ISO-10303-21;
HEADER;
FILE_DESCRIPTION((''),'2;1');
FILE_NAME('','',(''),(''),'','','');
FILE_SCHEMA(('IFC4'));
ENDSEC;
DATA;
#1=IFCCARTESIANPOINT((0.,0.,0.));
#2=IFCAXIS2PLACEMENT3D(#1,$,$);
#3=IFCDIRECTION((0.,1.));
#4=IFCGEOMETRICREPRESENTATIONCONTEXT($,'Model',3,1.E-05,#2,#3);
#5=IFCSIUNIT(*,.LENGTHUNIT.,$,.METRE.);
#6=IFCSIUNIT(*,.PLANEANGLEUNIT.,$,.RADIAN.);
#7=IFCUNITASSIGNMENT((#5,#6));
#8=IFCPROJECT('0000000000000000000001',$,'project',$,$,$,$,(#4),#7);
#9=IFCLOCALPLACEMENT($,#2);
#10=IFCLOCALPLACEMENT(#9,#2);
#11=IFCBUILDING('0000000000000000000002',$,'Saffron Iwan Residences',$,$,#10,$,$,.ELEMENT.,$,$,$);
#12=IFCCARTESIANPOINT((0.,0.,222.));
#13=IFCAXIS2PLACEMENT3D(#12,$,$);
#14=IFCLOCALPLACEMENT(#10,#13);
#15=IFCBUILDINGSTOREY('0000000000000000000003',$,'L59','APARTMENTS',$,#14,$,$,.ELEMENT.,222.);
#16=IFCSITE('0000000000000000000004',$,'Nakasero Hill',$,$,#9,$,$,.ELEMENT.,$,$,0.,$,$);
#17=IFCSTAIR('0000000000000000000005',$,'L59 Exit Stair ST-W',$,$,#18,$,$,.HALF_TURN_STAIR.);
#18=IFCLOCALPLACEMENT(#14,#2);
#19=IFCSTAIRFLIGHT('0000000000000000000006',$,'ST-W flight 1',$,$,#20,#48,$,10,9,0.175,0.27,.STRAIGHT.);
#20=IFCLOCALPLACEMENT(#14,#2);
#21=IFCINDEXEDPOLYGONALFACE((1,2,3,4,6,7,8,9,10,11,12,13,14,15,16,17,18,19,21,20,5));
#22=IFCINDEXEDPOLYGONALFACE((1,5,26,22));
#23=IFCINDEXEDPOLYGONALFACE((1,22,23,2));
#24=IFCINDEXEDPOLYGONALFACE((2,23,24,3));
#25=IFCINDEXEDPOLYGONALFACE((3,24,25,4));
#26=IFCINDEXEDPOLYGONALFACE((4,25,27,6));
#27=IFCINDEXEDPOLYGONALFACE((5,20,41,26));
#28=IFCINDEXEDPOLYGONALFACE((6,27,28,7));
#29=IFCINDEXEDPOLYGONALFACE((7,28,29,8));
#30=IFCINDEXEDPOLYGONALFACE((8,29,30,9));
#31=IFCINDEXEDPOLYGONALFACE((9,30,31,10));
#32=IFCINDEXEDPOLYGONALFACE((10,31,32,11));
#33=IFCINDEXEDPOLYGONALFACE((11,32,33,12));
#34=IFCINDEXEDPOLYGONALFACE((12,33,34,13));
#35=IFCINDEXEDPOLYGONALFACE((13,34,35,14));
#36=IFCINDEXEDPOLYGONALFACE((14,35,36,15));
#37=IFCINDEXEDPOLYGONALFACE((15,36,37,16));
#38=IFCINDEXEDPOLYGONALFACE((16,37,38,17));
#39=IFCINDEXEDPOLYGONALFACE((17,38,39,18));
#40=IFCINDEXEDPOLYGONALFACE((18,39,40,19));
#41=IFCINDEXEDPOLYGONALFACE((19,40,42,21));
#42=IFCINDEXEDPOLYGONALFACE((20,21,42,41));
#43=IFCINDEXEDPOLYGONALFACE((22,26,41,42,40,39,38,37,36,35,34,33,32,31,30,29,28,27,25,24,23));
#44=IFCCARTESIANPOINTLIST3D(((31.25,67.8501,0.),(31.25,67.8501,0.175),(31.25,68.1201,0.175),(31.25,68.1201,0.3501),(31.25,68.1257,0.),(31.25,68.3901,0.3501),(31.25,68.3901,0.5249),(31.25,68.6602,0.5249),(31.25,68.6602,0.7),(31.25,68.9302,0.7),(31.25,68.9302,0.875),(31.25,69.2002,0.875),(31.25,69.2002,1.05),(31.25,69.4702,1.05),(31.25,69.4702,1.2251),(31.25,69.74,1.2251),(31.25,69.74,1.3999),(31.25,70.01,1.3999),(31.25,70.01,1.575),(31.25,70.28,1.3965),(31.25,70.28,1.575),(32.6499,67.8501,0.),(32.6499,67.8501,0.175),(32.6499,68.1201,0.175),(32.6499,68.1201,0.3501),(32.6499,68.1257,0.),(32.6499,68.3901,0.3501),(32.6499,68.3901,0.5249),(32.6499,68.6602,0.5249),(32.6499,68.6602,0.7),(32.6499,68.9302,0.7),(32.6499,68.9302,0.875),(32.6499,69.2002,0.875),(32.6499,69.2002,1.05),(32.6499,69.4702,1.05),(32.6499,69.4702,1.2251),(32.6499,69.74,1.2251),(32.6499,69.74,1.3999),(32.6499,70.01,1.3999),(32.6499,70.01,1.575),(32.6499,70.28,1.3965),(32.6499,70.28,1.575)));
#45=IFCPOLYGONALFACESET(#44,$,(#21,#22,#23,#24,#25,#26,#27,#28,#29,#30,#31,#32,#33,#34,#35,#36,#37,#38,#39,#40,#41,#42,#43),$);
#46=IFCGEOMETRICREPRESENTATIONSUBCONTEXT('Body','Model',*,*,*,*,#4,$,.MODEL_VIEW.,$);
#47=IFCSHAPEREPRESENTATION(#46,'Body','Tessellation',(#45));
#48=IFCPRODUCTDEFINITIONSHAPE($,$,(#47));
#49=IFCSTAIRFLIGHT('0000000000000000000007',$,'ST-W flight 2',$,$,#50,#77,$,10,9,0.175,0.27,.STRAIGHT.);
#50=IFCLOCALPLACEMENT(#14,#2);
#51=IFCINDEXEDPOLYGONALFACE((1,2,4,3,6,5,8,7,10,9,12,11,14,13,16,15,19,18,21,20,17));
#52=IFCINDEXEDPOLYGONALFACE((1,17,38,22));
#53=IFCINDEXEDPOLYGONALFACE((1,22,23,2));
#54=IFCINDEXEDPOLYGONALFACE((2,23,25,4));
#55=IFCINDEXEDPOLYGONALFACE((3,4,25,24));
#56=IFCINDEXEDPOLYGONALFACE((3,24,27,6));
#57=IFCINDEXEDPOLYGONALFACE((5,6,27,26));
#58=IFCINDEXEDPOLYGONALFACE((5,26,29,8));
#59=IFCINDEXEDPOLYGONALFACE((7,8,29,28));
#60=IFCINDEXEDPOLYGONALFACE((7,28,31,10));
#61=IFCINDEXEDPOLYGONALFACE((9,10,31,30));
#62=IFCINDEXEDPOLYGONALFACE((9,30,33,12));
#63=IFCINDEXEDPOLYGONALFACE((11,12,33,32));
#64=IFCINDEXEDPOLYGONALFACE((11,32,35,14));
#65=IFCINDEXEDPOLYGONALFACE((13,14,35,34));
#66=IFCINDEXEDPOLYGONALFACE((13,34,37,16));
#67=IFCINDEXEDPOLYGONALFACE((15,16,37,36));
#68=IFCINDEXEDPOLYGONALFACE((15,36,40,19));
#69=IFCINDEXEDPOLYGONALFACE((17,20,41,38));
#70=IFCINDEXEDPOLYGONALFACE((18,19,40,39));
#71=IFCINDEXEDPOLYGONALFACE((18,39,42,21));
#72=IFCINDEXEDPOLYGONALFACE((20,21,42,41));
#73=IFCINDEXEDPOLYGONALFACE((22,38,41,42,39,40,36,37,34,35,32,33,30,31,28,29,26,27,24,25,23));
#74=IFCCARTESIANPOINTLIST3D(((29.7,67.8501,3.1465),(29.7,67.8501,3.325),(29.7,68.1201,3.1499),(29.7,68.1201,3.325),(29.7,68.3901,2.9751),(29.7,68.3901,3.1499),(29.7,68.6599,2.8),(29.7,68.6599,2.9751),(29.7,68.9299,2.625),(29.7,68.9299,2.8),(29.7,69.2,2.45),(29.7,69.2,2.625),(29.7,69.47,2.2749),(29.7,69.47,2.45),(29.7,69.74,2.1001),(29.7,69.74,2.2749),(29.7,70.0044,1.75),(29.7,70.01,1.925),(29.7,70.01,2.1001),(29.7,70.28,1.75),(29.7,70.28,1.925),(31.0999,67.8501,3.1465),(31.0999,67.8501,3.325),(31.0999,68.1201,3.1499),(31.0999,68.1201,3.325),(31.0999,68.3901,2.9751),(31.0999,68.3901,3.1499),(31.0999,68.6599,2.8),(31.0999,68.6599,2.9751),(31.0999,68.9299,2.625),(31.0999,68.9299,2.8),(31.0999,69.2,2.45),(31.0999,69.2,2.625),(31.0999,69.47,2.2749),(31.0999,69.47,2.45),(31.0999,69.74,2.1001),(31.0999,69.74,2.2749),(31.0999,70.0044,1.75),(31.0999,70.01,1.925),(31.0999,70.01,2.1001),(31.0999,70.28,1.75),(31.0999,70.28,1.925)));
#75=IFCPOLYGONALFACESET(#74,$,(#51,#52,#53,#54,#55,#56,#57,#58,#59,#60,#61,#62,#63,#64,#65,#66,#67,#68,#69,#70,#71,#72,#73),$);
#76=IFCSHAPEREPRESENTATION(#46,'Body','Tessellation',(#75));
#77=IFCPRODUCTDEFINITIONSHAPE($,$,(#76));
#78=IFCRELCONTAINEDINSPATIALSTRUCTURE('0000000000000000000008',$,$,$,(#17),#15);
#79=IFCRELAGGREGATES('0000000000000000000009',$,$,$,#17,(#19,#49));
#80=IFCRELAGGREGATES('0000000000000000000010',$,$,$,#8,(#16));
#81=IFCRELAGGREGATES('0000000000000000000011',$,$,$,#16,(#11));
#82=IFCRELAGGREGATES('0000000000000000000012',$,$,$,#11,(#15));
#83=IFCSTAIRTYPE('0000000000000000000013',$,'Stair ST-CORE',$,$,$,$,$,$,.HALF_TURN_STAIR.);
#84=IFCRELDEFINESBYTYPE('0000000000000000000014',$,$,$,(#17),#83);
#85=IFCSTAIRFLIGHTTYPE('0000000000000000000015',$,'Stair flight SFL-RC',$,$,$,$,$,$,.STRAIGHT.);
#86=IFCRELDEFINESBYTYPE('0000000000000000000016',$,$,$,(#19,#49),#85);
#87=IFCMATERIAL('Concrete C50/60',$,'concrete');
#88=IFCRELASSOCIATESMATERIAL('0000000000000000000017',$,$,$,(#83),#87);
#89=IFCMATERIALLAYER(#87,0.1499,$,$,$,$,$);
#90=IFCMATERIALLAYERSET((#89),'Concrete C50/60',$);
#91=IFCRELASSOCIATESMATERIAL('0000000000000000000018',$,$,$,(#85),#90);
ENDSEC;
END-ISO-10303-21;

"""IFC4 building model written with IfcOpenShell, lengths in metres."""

from ifc_helpers import new_model, si_unit, direction, frame, origin, place, context, subcontext, project, spatial, polyline, outline, extrude, material, layer, layer_set, type_object, element, aggregate, save


model = new_model("IFC4")

# Units and contexts
model_context = context("Model", 3, precision=1e-05, world=origin(), true_north=direction((0.0, 1.0)))
body_context = subcontext(model_context, "Body", "Model", "MODEL_VIEW")
ifc_project = project(units=[si_unit("LENGTHUNIT", "METRE"), si_unit("PLANEANGLEUNIT", "RADIAN")], contexts=[model_context])

# Site, building, storey
site_placement = place(None, origin())
site = spatial("IfcSite", under=ifc_project, at=site_placement, Name="Nakasero Hill", CompositionType="ELEMENT", RefElevation=0.0)
building_placement = place(site_placement, origin())
building = spatial("IfcBuilding", under=site, at=building_placement, Name="Saffron Iwan Residences", CompositionType="ELEMENT")
storey_placement = place(building_placement, frame((0.0, 0.0, 222.0)))
storey = spatial("IfcBuildingStorey", under=building, at=storey_placement, Name="L59", Description="APARTMENTS", CompositionType="ELEMENT", Elevation=222.0)

# Stair, stair flights
ifc_material_1 = material(Name="Concrete C50/60", Category="concrete")
stair_type = type_object("IfcStairType", Name="Stair ST-CORE", PredefinedType="HALF_TURN_STAIR", material=ifc_material_1)
stair_placement = place(storey_placement, origin())
stair = element("IfcStair", 1, at=stair_placement, inside=storey, type_object=stair_type, Name="L59 Exit Stair ST-W", PredefinedType="HALF_TURN_STAIR")
ifc_layer_1 = layer(ifc_material_1, 0.1499)
ifc_layer_set_1 = layer_set([ifc_layer_1], Name="Concrete C50/60")
stair_flight_type = type_object("IfcStairFlightType", Name="Stair flight SFL-RC", PredefinedType="STRAIGHT", material=ifc_layer_set_1)
stair_flight_1_placement = place(storey_placement, frame((31.95, 67.8501, 0.0), z_axis=(0.0, 0.0, 1.0), x_axis=(0.0, 1.0, 0.0)))
stair_flight_1 = element("IfcStairFlight", 2, at=stair_flight_1_placement, type_object=stair_flight_type, Name="ST-W flight 1", NumberOfRisers=10, NumberOfTreads=9, PredefinedType="STRAIGHT", RiserHeight=0.175, TreadLength=0.27, context=body_context, shape_type="SweptSolid", body=[
    extrude(outline(polyline([(0.0, 0.0), (0.0, 0.175), (0.27, 0.175), (0.27, 0.3501), (0.54, 0.3501), (0.54, 0.5249), (0.8101, 0.5249), (0.8101, 0.7), (1.0801, 0.7), (1.0801, 0.875), (1.3501, 0.875), (1.3501, 1.05), (1.6201, 1.05), (1.6201, 1.2251), (1.8899, 1.2251), (1.8899, 1.3999), (2.1599, 1.3999), (2.1599, 1.575), (2.4299, 1.575), (2.4299, 1.75), (2.4299, 1.3965), (0.2756, 0.0), (0.0, 0.0)])), frame((0.0, 0.7, 0.0), z_axis=(0.0, -1.0, 0.0), x_axis=(1.0, 0.0, 0.0)), (0.0, 0.0, 1.0), 1.3999),
])
stair_flight_2_placement = place(storey_placement, frame((30.3999, 70.28, 1.75), z_axis=(0.0, 0.0, 1.0), x_axis=(0.0, -1.0, 0.0)))
stair_flight_2 = element("IfcStairFlight", 3, at=stair_flight_2_placement, type_object=stair_flight_type, Name="ST-W flight 2", NumberOfRisers=10, NumberOfTreads=9, PredefinedType="STRAIGHT", RiserHeight=0.175, TreadLength=0.27, context=body_context, shape_type="SweptSolid", body=[
    extrude(outline(polyline([(0.0, 0.0), (0.0, 0.175), (0.27, 0.175), (0.27, 0.3501), (0.54, 0.3501), (0.54, 0.5249), (0.8101, 0.5249), (0.8101, 0.7), (1.0801, 0.7), (1.0801, 0.875), (1.3501, 0.875), (1.3501, 1.05), (1.6201, 1.05), (1.6201, 1.2251), (1.8899, 1.2251), (1.8899, 1.3999), (2.1599, 1.3999), (2.1599, 1.575), (2.4299, 1.575), (2.4299, 1.75), (2.4299, 1.3965), (0.2756, 0.0), (0.0, 0.0)])), frame((0.0, 0.7, 0.0), z_axis=(0.0, -1.0, 0.0), x_axis=(1.0, 0.0, 0.0)), (0.0, 0.0, 1.0), 1.3999),
])
aggregate(stair, [stair_flight_1, stair_flight_2])

save(model, "model.ifc")
